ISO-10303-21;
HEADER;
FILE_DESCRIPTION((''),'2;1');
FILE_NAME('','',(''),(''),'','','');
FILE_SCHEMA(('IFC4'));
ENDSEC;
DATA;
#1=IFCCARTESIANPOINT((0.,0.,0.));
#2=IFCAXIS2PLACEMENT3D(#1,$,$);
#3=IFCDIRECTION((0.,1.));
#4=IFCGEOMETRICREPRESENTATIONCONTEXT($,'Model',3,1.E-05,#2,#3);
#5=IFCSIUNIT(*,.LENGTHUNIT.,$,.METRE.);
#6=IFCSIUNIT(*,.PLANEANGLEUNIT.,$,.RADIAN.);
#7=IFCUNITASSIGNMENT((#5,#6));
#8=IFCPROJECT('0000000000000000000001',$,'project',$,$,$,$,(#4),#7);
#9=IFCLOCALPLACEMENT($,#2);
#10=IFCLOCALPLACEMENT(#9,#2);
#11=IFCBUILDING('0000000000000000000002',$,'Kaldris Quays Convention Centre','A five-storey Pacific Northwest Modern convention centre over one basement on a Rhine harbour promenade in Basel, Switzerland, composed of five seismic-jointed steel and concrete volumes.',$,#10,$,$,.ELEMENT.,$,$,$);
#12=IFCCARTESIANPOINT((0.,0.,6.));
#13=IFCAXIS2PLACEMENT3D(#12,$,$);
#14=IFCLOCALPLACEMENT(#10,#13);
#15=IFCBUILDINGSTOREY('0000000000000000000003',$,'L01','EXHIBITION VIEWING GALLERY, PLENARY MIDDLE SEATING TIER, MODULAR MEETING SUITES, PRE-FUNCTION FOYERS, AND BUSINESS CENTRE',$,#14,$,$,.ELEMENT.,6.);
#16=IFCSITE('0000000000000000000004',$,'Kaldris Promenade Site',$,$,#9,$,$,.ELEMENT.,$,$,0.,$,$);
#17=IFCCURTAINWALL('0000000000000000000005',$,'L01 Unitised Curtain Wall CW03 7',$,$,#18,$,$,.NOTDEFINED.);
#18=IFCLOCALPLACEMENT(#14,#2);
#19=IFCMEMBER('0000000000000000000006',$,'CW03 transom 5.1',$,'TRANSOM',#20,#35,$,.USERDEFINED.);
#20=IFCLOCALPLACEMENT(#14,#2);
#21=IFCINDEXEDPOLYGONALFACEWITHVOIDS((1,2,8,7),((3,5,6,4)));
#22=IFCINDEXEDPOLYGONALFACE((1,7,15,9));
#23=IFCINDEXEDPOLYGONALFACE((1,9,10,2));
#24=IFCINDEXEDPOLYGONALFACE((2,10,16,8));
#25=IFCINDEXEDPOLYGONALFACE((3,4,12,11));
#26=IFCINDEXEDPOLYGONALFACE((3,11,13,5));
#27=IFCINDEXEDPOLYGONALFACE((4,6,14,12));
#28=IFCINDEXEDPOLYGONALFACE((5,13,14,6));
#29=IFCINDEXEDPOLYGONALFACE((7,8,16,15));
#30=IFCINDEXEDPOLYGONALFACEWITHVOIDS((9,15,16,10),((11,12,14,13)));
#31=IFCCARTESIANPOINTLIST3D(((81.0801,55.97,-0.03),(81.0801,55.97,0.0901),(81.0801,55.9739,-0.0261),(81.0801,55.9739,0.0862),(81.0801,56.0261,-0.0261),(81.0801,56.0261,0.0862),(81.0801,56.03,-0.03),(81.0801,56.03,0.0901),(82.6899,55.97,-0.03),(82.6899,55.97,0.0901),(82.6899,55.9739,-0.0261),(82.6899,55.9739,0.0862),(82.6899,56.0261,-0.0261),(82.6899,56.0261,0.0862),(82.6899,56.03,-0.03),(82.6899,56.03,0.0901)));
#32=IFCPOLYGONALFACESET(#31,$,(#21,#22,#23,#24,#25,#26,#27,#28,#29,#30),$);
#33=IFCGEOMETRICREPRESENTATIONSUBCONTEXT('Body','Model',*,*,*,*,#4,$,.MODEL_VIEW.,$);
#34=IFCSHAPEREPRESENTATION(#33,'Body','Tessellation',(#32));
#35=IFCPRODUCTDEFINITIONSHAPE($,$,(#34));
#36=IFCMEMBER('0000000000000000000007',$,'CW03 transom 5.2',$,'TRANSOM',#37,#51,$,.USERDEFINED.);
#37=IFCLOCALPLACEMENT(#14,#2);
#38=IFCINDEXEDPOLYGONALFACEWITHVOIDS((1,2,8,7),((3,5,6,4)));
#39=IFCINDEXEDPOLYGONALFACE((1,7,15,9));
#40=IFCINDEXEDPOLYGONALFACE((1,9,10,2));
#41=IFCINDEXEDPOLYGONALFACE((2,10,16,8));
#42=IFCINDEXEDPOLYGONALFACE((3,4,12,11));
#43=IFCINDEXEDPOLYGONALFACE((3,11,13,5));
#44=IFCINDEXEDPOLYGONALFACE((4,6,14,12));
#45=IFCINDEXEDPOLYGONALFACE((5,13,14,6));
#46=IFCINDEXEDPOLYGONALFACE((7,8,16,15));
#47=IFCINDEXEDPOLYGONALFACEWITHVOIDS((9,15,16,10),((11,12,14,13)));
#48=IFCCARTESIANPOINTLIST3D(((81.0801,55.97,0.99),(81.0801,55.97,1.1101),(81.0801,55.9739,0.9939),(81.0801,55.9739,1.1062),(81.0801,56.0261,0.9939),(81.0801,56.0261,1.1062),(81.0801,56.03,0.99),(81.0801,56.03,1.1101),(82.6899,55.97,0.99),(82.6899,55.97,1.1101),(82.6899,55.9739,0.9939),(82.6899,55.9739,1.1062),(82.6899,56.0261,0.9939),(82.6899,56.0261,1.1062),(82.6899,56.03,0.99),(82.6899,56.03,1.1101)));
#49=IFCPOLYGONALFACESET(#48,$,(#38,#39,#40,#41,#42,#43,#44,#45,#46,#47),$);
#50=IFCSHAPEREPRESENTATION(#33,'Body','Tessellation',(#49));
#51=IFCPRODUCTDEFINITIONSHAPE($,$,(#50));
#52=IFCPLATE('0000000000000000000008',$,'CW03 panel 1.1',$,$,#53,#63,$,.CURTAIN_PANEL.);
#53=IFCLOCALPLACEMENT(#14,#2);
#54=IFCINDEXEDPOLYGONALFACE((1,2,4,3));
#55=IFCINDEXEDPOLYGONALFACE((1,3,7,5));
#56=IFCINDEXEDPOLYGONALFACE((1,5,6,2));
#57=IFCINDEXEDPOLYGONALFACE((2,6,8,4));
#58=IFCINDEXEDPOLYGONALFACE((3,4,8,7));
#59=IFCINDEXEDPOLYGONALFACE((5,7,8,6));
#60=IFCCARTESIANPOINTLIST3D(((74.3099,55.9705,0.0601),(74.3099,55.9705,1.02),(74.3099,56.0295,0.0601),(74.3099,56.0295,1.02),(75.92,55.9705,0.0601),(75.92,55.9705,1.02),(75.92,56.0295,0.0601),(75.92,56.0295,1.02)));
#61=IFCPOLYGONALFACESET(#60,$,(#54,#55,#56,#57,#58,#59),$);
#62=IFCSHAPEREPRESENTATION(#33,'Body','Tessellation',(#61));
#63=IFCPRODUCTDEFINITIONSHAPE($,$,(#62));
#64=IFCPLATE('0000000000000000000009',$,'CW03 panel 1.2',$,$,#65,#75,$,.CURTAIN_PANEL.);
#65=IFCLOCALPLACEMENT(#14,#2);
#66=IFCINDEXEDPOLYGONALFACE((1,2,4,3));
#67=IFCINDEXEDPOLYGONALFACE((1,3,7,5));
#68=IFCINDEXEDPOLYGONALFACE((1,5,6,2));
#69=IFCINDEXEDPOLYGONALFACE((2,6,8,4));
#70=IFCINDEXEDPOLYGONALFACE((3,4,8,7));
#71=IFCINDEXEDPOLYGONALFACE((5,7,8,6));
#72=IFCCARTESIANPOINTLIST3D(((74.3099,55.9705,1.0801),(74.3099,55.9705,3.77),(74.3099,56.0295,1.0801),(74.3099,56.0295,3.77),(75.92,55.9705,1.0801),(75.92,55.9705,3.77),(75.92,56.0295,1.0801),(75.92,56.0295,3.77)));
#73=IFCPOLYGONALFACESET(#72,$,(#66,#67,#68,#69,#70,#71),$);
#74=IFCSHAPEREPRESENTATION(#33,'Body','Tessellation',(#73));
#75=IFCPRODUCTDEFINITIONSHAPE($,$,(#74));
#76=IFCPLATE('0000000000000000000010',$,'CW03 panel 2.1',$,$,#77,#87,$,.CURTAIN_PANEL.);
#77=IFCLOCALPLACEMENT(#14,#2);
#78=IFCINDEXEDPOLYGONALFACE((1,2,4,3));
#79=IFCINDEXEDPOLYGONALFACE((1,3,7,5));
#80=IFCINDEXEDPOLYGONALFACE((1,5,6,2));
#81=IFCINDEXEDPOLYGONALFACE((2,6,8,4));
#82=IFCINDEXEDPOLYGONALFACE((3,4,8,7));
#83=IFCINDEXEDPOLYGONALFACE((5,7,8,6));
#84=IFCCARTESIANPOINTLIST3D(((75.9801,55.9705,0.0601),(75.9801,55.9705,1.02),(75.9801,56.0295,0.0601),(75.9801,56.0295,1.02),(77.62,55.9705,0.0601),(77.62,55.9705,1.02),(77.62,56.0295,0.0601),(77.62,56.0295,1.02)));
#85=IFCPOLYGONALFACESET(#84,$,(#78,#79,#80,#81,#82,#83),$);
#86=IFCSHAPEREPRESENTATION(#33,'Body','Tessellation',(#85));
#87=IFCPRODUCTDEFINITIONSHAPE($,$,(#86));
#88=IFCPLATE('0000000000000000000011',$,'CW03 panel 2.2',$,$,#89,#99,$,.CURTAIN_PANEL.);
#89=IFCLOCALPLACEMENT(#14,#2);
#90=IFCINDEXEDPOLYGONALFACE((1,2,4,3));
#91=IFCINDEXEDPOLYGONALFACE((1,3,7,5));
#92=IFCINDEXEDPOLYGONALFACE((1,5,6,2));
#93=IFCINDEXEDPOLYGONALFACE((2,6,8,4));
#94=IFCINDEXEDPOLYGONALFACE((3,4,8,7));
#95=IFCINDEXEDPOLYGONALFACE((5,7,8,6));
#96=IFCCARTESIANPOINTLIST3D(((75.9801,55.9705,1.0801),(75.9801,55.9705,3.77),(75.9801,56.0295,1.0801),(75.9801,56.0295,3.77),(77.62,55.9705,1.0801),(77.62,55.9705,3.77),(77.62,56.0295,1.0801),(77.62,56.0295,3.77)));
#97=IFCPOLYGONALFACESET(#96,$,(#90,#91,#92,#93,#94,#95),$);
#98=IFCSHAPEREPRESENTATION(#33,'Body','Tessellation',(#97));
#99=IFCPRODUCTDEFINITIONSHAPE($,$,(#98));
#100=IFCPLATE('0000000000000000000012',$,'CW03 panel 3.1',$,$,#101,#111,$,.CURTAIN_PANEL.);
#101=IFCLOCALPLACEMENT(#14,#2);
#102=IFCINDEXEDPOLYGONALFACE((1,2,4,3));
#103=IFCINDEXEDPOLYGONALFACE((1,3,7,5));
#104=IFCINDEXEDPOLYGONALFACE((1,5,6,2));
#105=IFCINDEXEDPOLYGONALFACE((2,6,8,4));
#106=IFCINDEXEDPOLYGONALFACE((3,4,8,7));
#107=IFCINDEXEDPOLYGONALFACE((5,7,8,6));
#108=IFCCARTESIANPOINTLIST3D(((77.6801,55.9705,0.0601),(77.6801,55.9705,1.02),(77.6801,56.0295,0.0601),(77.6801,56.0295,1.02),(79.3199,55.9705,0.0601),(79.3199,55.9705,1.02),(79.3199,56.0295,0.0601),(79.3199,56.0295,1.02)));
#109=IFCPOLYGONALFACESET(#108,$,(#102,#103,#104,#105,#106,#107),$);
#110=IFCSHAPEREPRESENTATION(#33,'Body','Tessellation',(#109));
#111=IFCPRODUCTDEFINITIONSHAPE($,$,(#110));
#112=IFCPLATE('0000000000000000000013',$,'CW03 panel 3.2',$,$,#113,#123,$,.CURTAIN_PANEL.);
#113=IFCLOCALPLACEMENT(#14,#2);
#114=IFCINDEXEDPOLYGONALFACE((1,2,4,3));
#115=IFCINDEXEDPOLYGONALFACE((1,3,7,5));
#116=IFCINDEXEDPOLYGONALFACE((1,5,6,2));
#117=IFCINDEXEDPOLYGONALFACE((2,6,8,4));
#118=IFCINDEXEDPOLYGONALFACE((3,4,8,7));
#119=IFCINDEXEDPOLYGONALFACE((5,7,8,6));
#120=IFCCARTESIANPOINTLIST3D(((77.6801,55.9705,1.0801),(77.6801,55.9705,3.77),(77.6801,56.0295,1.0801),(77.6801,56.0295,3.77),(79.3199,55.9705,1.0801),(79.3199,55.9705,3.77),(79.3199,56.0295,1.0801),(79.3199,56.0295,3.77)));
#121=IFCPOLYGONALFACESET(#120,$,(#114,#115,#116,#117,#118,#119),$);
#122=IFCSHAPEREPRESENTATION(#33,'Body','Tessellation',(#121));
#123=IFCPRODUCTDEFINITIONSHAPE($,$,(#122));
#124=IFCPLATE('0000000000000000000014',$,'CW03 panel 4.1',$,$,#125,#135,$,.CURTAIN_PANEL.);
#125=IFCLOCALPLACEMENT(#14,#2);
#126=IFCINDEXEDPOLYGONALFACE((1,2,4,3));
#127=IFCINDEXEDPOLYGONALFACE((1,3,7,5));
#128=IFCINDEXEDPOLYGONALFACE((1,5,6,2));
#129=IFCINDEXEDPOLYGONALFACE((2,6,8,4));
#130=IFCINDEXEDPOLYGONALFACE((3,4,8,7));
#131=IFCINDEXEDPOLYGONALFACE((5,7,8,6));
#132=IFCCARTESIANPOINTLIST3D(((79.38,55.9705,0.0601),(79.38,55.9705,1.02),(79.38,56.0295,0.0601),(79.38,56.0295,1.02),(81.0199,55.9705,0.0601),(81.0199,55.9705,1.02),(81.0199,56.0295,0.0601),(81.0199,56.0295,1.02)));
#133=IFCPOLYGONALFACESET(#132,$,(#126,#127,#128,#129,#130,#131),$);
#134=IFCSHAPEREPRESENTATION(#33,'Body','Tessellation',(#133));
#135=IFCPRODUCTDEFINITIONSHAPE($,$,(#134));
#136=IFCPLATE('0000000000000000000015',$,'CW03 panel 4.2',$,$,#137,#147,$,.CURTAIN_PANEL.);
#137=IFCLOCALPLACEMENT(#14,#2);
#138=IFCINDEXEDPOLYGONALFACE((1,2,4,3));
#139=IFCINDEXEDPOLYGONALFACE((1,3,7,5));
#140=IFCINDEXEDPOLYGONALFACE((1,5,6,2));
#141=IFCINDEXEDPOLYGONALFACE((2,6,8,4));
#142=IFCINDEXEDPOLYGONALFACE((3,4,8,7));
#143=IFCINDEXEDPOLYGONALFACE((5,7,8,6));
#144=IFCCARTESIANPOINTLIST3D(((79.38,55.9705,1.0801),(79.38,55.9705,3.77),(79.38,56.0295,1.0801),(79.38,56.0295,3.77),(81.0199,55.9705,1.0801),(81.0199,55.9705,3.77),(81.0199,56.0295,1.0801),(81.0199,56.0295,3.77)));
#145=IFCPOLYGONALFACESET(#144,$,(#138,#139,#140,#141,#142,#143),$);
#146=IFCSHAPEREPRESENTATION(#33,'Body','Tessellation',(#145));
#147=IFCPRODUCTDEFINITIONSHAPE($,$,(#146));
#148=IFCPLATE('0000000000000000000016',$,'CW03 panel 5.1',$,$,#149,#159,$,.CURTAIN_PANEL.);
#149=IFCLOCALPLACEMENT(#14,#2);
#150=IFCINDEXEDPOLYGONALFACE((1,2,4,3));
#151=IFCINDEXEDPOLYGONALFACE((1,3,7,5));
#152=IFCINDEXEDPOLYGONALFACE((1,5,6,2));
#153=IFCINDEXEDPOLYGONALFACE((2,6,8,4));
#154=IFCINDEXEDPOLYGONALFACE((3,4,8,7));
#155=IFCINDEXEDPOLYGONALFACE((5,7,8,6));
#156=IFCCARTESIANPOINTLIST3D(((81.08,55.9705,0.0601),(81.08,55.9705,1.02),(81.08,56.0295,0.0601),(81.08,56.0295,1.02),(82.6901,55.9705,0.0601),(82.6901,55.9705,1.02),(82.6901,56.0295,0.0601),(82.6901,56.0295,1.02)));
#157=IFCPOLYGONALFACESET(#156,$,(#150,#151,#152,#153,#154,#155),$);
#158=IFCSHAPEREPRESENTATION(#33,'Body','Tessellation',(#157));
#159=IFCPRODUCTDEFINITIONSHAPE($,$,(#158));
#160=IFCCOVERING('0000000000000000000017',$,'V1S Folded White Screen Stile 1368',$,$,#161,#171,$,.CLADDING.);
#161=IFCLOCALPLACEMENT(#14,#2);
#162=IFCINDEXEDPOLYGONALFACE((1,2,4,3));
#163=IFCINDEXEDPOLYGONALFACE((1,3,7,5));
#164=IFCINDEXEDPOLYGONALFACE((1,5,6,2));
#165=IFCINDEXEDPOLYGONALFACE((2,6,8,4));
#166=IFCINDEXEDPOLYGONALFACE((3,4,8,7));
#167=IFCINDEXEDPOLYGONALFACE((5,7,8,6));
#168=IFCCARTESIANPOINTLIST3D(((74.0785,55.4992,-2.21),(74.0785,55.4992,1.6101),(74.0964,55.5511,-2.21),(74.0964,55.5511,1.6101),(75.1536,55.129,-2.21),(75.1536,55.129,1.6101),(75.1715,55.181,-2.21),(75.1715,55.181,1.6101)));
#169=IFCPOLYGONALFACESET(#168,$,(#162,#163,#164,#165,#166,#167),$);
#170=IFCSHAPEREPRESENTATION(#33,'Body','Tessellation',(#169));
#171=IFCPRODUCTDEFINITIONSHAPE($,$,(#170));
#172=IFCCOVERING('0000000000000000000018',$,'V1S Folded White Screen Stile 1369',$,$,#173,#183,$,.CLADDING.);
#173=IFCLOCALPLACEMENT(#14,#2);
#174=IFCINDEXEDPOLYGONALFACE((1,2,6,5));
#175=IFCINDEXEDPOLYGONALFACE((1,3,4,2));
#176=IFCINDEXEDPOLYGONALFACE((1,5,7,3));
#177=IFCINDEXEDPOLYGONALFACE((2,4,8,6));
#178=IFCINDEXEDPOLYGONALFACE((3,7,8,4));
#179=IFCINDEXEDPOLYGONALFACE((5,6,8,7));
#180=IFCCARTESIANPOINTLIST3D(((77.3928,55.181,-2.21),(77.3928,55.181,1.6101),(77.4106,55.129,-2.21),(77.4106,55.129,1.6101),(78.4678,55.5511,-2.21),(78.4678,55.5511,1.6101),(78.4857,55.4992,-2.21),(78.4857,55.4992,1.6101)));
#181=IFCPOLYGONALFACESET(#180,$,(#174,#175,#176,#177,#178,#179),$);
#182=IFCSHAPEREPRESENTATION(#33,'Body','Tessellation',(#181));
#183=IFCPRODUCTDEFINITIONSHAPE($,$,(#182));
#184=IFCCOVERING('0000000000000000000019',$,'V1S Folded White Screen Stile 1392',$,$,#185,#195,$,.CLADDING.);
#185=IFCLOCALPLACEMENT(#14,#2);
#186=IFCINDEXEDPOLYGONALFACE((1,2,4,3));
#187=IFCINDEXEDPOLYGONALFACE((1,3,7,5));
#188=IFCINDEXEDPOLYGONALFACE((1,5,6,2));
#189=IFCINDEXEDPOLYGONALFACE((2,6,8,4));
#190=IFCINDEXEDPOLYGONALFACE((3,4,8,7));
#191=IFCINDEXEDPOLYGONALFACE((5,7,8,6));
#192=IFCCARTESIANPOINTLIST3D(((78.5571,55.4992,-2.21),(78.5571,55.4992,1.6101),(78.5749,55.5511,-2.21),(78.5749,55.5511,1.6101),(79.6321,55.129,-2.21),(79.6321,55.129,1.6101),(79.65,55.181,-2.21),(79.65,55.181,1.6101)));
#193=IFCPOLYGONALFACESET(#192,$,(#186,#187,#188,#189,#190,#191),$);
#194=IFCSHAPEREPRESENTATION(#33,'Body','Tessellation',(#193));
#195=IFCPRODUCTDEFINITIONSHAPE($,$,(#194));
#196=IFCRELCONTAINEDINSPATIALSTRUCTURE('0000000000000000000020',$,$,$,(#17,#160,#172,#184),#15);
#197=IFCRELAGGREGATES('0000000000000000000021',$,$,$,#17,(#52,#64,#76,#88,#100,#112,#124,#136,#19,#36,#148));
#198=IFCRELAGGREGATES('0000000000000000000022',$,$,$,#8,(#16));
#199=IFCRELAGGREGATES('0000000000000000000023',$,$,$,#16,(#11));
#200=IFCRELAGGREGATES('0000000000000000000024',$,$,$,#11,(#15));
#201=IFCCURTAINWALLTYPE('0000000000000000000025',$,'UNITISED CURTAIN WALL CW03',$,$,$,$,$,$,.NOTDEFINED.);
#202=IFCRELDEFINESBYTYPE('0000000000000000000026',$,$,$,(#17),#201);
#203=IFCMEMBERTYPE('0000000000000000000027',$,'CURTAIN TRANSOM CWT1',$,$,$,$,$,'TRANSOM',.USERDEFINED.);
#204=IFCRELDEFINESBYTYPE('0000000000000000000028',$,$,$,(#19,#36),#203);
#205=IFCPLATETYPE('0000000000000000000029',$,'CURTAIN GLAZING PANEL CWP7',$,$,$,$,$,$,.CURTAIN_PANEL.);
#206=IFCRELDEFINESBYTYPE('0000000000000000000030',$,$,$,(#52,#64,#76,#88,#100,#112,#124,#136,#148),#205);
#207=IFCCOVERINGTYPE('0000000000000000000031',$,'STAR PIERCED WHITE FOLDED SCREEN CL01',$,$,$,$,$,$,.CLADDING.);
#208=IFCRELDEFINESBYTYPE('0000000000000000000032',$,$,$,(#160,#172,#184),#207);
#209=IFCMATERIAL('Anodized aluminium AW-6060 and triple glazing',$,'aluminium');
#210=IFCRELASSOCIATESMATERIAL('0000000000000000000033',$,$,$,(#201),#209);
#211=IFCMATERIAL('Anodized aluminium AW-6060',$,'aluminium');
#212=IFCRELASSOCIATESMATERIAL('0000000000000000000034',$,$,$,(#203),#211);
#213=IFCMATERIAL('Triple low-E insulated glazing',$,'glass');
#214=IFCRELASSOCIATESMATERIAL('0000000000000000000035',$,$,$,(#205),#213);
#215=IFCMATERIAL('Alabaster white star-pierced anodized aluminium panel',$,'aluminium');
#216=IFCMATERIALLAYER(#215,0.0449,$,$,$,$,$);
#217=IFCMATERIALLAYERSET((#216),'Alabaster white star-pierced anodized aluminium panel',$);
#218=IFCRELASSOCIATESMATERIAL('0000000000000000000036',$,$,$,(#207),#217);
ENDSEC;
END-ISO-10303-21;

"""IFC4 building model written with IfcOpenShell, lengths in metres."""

from ifc_helpers import new_model, si_unit, direction, frame, origin, origin_2d, place, context, subcontext, project, spatial, rectangle, hollow_rectangle, extrude, material, layer, layer_set, material_profile, profile_set, type_object, element, aggregate, save


model = new_model("IFC4")

# Units and contexts
model_context = context("Model", 3, precision=1e-05, world=origin(), true_north=direction((0.0, 1.0)))
body_context = subcontext(model_context, "Body", "Model", "MODEL_VIEW")
ifc_project = project(units=[si_unit("LENGTHUNIT", "METRE"), si_unit("PLANEANGLEUNIT", "RADIAN")], contexts=[model_context])

# Site, building, storey
site_placement = place(None, origin())
site = spatial("IfcSite", under=ifc_project, at=site_placement, Name="Kaldris Promenade Site", CompositionType="ELEMENT", RefElevation=0.0)
building_placement = place(site_placement, origin())
building = spatial("IfcBuilding", under=site, at=building_placement, Name="Kaldris Quays Convention Centre", Description="A five-storey Pacific Northwest Modern convention centre over one basement on a Rhine harbour promenade in Basel, Switzerland, composed of five seismic-jointed steel and concrete volumes.", CompositionType="ELEMENT")
storey_placement = place(building_placement, frame((0.0, 0.0, 6.0)))
storey = spatial("IfcBuildingStorey", under=building, at=storey_placement, Name="L01", Description="EXHIBITION VIEWING GALLERY, PLENARY MIDDLE SEATING TIER, MODULAR MEETING SUITES, PRE-FUNCTION FOYERS, AND BUSINESS CENTRE", CompositionType="ELEMENT", Elevation=6.0)

# Curtain wall, members, plates
ifc_material_1 = material(Name="Anodized aluminium AW-6060 and triple glazing", Category="aluminium")
curtain_wall_type = type_object("IfcCurtainWallType", Name="UNITISED CURTAIN WALL CW03", PredefinedType="NOTDEFINED", material=ifc_material_1)
curtain_wall_placement = place(storey_placement, origin())
curtain_wall = element("IfcCurtainWall", 1, at=curtain_wall_placement, inside=storey, type_object=curtain_wall_type, Name="L01 Unitised Curtain Wall CW03 7", PredefinedType="NOTDEFINED")
ifc_material_2 = material(Name="Anodized aluminium AW-6060", Category="aluminium")
ifc_material_profile_1 = material_profile(ifc_material_2, hollow_rectangle(XDim=0.0601, YDim=0.1201, WallThickness=0.0039, at=origin_2d()), Name="RHS 120x60x4")
ifc_profile_set_1 = profile_set([ifc_material_profile_1], Name="Anodized aluminium AW-6060")
member_type_1 = type_object("IfcMemberType", Name="CURTAIN TRANSOM CWT1", ElementType="TRANSOM", PredefinedType="USERDEFINED", material=ifc_profile_set_1)
member_1_placement = place(storey_placement, frame((81.0801, 56.0, 0.03), z_axis=(1.0, 0.0, 0.0), x_axis=(0.0, 1.0, 0.0)))
member_1 = element("IfcMember", 2, at=member_1_placement, type_object=member_type_1, Name="CW03 transom 5.1", ObjectType="TRANSOM", PredefinedType="USERDEFINED", context=body_context, shape_type="SweptSolid", body=[
    extrude(hollow_rectangle(XDim=0.0601, YDim=0.1201, WallThickness=0.0039, at=origin_2d()), origin(), (0.0, 0.0, 1.0), 1.6099),
])
member_2_placement = place(storey_placement, frame((81.0801, 56.0, 1.05), z_axis=(1.0, 0.0, 0.0), x_axis=(0.0, 1.0, 0.0)))
member_2 = element("IfcMember", 3, at=member_2_placement, type_object=member_type_1, Name="CW03 transom 5.2", ObjectType="TRANSOM", PredefinedType="USERDEFINED", context=body_context, shape_type="SweptSolid", body=[
    extrude(hollow_rectangle(XDim=0.0601, YDim=0.1201, WallThickness=0.0039, at=origin_2d()), origin(), (0.0, 0.0, 1.0), 1.6099),
])
ifc_material_3 = material(Name="Triple low-E insulated glazing", Category="glass")
plate_type = type_object("IfcPlateType", Name="CURTAIN GLAZING PANEL CWP7", PredefinedType="CURTAIN_PANEL", material=ifc_material_3)
plate_1_placement = place(storey_placement, frame((75.115, 56.0, 0.0601), z_axis=(0.0, 0.0, 1.0), x_axis=(1.0, 0.0, 0.0)))
plate_1 = element("IfcPlate", 4, at=plate_1_placement, type_object=plate_type, Name="CW03 panel 1.1", PredefinedType="CURTAIN_PANEL", context=body_context, shape_type="SweptSolid", body=[
    extrude(rectangle(XDim=1.6101, YDim=0.0591, at=origin_2d()), origin(), (0.0, 0.0, 1.0), 0.96),
])
plate_2_placement = place(storey_placement, frame((75.115, 56.0, 1.0801), z_axis=(0.0, 0.0, 1.0), x_axis=(1.0, 0.0, 0.0)))
plate_2 = element("IfcPlate", 5, at=plate_2_placement, type_object=plate_type, Name="CW03 panel 1.2", PredefinedType="CURTAIN_PANEL", context=body_context, shape_type="SweptSolid", body=[
    extrude(rectangle(XDim=1.6101, YDim=0.0591, at=origin_2d()), origin(), (0.0, 0.0, 1.0), 2.6899),
])
plate_3_placement = place(storey_placement, frame((76.8, 56.0, 0.0601), z_axis=(0.0, 0.0, 1.0), x_axis=(1.0, 0.0, 0.0)))
plate_3 = element("IfcPlate", 6, at=plate_3_placement, type_object=plate_type, Name="CW03 panel 2.1", PredefinedType="CURTAIN_PANEL", context=body_context, shape_type="SweptSolid", body=[
    extrude(rectangle(XDim=1.6399, YDim=0.0591, at=origin_2d()), origin(), (0.0, 0.0, 1.0), 0.96),
])
plate_4_placement = place(storey_placement, frame((76.8, 56.0, 1.0801), z_axis=(0.0, 0.0, 1.0), x_axis=(1.0, 0.0, 0.0)))
plate_4 = element("IfcPlate", 7, at=plate_4_placement, type_object=plate_type, Name="CW03 panel 2.2", PredefinedType="CURTAIN_PANEL", context=body_context, shape_type="SweptSolid", body=[
    extrude(rectangle(XDim=1.6399, YDim=0.0591, at=origin_2d()), origin(), (0.0, 0.0, 1.0), 2.6899),
])
plate_5_placement = place(storey_placement, frame((78.5, 56.0, 0.0601), z_axis=(0.0, 0.0, 1.0), x_axis=(1.0, 0.0, 0.0)))
plate_5 = element("IfcPlate", 8, at=plate_5_placement, type_object=plate_type, Name="CW03 panel 3.1", PredefinedType="CURTAIN_PANEL", context=body_context, shape_type="SweptSolid", body=[
    extrude(rectangle(XDim=1.6399, YDim=0.0591, at=origin_2d()), origin(), (0.0, 0.0, 1.0), 0.96),
])
plate_6_placement = place(storey_placement, frame((78.5, 56.0, 1.0801), z_axis=(0.0, 0.0, 1.0), x_axis=(1.0, 0.0, 0.0)))
plate_6 = element("IfcPlate", 9, at=plate_6_placement, type_object=plate_type, Name="CW03 panel 3.2", PredefinedType="CURTAIN_PANEL", context=body_context, shape_type="SweptSolid", body=[
    extrude(rectangle(XDim=1.6399, YDim=0.0591, at=origin_2d()), origin(), (0.0, 0.0, 1.0), 2.6899),
])
plate_7_placement = place(storey_placement, frame((80.2, 56.0, 0.0601), z_axis=(0.0, 0.0, 1.0), x_axis=(1.0, 0.0, 0.0)))
plate_7 = element("IfcPlate", 10, at=plate_7_placement, type_object=plate_type, Name="CW03 panel 4.1", PredefinedType="CURTAIN_PANEL", context=body_context, shape_type="SweptSolid", body=[
    extrude(rectangle(XDim=1.6399, YDim=0.0591, at=origin_2d()), origin(), (0.0, 0.0, 1.0), 0.96),
])
plate_8_placement = place(storey_placement, frame((80.2, 56.0, 1.0801), z_axis=(0.0, 0.0, 1.0), x_axis=(1.0, 0.0, 0.0)))
plate_8 = element("IfcPlate", 11, at=plate_8_placement, type_object=plate_type, Name="CW03 panel 4.2", PredefinedType="CURTAIN_PANEL", context=body_context, shape_type="SweptSolid", body=[
    extrude(rectangle(XDim=1.6399, YDim=0.0591, at=origin_2d()), origin(), (0.0, 0.0, 1.0), 2.6899),
])
plate_9_placement = place(storey_placement, frame((81.885, 56.0, 0.0601), z_axis=(0.0, 0.0, 1.0), x_axis=(1.0, 0.0, 0.0)))
plate_9 = element("IfcPlate", 12, at=plate_9_placement, type_object=plate_type, Name="CW03 panel 5.1", PredefinedType="CURTAIN_PANEL", context=body_context, shape_type="SweptSolid", body=[
    extrude(rectangle(XDim=1.6101, YDim=0.0591, at=origin_2d()), origin(), (0.0, 0.0, 1.0), 0.96),
])
aggregate(curtain_wall, [plate_1, plate_2, plate_3, plate_4, plate_5, plate_6, plate_7, plate_8, member_1, member_2, plate_9])

# Coverings
ifc_material_4 = material(Name="Alabaster white star-pierced anodized aluminium panel", Category="aluminium")
ifc_layer = layer(ifc_material_4, 0.0449)
ifc_layer_set = layer_set([ifc_layer], Name="Alabaster white star-pierced anodized aluminium panel")
covering_type = type_object("IfcCoveringType", Name="STAR PIERCED WHITE FOLDED SCREEN CL01", PredefinedType="CLADDING", material=ifc_layer_set)
for number, where, z_axis, x_axis, name in (
    (13, (74.625, 55.3401, -2.21), (0.0, 0.0, 1.0), (0.945519, -0.325568, 0.0), "V1S Folded White Screen Stile 1368"),
    (14, (77.9392, 55.3401, -2.21), (0.0, 0.0, 1.0), (0.945519, 0.325568, 0.0), "V1S Folded White Screen Stile 1369"),
    (15, (79.1035, 55.3401, -2.21), (0.0, 0.0, 1.0), (0.945519, -0.325568, 0.0), "V1S Folded White Screen Stile 1392"),
):
    element("IfcCovering", number, at=place(storey_placement, frame(where, z_axis=z_axis, x_axis=x_axis)), inside=storey, type_object=covering_type, Name=name, PredefinedType="CLADDING", context=body_context, shape_type="SweptSolid", body=[
        extrude(rectangle(XDim=1.137, YDim=0.0549, at=origin_2d()), origin(), (0.0, 0.0, 1.0), 3.8201),
    ])

save(model, "model.ifc")
